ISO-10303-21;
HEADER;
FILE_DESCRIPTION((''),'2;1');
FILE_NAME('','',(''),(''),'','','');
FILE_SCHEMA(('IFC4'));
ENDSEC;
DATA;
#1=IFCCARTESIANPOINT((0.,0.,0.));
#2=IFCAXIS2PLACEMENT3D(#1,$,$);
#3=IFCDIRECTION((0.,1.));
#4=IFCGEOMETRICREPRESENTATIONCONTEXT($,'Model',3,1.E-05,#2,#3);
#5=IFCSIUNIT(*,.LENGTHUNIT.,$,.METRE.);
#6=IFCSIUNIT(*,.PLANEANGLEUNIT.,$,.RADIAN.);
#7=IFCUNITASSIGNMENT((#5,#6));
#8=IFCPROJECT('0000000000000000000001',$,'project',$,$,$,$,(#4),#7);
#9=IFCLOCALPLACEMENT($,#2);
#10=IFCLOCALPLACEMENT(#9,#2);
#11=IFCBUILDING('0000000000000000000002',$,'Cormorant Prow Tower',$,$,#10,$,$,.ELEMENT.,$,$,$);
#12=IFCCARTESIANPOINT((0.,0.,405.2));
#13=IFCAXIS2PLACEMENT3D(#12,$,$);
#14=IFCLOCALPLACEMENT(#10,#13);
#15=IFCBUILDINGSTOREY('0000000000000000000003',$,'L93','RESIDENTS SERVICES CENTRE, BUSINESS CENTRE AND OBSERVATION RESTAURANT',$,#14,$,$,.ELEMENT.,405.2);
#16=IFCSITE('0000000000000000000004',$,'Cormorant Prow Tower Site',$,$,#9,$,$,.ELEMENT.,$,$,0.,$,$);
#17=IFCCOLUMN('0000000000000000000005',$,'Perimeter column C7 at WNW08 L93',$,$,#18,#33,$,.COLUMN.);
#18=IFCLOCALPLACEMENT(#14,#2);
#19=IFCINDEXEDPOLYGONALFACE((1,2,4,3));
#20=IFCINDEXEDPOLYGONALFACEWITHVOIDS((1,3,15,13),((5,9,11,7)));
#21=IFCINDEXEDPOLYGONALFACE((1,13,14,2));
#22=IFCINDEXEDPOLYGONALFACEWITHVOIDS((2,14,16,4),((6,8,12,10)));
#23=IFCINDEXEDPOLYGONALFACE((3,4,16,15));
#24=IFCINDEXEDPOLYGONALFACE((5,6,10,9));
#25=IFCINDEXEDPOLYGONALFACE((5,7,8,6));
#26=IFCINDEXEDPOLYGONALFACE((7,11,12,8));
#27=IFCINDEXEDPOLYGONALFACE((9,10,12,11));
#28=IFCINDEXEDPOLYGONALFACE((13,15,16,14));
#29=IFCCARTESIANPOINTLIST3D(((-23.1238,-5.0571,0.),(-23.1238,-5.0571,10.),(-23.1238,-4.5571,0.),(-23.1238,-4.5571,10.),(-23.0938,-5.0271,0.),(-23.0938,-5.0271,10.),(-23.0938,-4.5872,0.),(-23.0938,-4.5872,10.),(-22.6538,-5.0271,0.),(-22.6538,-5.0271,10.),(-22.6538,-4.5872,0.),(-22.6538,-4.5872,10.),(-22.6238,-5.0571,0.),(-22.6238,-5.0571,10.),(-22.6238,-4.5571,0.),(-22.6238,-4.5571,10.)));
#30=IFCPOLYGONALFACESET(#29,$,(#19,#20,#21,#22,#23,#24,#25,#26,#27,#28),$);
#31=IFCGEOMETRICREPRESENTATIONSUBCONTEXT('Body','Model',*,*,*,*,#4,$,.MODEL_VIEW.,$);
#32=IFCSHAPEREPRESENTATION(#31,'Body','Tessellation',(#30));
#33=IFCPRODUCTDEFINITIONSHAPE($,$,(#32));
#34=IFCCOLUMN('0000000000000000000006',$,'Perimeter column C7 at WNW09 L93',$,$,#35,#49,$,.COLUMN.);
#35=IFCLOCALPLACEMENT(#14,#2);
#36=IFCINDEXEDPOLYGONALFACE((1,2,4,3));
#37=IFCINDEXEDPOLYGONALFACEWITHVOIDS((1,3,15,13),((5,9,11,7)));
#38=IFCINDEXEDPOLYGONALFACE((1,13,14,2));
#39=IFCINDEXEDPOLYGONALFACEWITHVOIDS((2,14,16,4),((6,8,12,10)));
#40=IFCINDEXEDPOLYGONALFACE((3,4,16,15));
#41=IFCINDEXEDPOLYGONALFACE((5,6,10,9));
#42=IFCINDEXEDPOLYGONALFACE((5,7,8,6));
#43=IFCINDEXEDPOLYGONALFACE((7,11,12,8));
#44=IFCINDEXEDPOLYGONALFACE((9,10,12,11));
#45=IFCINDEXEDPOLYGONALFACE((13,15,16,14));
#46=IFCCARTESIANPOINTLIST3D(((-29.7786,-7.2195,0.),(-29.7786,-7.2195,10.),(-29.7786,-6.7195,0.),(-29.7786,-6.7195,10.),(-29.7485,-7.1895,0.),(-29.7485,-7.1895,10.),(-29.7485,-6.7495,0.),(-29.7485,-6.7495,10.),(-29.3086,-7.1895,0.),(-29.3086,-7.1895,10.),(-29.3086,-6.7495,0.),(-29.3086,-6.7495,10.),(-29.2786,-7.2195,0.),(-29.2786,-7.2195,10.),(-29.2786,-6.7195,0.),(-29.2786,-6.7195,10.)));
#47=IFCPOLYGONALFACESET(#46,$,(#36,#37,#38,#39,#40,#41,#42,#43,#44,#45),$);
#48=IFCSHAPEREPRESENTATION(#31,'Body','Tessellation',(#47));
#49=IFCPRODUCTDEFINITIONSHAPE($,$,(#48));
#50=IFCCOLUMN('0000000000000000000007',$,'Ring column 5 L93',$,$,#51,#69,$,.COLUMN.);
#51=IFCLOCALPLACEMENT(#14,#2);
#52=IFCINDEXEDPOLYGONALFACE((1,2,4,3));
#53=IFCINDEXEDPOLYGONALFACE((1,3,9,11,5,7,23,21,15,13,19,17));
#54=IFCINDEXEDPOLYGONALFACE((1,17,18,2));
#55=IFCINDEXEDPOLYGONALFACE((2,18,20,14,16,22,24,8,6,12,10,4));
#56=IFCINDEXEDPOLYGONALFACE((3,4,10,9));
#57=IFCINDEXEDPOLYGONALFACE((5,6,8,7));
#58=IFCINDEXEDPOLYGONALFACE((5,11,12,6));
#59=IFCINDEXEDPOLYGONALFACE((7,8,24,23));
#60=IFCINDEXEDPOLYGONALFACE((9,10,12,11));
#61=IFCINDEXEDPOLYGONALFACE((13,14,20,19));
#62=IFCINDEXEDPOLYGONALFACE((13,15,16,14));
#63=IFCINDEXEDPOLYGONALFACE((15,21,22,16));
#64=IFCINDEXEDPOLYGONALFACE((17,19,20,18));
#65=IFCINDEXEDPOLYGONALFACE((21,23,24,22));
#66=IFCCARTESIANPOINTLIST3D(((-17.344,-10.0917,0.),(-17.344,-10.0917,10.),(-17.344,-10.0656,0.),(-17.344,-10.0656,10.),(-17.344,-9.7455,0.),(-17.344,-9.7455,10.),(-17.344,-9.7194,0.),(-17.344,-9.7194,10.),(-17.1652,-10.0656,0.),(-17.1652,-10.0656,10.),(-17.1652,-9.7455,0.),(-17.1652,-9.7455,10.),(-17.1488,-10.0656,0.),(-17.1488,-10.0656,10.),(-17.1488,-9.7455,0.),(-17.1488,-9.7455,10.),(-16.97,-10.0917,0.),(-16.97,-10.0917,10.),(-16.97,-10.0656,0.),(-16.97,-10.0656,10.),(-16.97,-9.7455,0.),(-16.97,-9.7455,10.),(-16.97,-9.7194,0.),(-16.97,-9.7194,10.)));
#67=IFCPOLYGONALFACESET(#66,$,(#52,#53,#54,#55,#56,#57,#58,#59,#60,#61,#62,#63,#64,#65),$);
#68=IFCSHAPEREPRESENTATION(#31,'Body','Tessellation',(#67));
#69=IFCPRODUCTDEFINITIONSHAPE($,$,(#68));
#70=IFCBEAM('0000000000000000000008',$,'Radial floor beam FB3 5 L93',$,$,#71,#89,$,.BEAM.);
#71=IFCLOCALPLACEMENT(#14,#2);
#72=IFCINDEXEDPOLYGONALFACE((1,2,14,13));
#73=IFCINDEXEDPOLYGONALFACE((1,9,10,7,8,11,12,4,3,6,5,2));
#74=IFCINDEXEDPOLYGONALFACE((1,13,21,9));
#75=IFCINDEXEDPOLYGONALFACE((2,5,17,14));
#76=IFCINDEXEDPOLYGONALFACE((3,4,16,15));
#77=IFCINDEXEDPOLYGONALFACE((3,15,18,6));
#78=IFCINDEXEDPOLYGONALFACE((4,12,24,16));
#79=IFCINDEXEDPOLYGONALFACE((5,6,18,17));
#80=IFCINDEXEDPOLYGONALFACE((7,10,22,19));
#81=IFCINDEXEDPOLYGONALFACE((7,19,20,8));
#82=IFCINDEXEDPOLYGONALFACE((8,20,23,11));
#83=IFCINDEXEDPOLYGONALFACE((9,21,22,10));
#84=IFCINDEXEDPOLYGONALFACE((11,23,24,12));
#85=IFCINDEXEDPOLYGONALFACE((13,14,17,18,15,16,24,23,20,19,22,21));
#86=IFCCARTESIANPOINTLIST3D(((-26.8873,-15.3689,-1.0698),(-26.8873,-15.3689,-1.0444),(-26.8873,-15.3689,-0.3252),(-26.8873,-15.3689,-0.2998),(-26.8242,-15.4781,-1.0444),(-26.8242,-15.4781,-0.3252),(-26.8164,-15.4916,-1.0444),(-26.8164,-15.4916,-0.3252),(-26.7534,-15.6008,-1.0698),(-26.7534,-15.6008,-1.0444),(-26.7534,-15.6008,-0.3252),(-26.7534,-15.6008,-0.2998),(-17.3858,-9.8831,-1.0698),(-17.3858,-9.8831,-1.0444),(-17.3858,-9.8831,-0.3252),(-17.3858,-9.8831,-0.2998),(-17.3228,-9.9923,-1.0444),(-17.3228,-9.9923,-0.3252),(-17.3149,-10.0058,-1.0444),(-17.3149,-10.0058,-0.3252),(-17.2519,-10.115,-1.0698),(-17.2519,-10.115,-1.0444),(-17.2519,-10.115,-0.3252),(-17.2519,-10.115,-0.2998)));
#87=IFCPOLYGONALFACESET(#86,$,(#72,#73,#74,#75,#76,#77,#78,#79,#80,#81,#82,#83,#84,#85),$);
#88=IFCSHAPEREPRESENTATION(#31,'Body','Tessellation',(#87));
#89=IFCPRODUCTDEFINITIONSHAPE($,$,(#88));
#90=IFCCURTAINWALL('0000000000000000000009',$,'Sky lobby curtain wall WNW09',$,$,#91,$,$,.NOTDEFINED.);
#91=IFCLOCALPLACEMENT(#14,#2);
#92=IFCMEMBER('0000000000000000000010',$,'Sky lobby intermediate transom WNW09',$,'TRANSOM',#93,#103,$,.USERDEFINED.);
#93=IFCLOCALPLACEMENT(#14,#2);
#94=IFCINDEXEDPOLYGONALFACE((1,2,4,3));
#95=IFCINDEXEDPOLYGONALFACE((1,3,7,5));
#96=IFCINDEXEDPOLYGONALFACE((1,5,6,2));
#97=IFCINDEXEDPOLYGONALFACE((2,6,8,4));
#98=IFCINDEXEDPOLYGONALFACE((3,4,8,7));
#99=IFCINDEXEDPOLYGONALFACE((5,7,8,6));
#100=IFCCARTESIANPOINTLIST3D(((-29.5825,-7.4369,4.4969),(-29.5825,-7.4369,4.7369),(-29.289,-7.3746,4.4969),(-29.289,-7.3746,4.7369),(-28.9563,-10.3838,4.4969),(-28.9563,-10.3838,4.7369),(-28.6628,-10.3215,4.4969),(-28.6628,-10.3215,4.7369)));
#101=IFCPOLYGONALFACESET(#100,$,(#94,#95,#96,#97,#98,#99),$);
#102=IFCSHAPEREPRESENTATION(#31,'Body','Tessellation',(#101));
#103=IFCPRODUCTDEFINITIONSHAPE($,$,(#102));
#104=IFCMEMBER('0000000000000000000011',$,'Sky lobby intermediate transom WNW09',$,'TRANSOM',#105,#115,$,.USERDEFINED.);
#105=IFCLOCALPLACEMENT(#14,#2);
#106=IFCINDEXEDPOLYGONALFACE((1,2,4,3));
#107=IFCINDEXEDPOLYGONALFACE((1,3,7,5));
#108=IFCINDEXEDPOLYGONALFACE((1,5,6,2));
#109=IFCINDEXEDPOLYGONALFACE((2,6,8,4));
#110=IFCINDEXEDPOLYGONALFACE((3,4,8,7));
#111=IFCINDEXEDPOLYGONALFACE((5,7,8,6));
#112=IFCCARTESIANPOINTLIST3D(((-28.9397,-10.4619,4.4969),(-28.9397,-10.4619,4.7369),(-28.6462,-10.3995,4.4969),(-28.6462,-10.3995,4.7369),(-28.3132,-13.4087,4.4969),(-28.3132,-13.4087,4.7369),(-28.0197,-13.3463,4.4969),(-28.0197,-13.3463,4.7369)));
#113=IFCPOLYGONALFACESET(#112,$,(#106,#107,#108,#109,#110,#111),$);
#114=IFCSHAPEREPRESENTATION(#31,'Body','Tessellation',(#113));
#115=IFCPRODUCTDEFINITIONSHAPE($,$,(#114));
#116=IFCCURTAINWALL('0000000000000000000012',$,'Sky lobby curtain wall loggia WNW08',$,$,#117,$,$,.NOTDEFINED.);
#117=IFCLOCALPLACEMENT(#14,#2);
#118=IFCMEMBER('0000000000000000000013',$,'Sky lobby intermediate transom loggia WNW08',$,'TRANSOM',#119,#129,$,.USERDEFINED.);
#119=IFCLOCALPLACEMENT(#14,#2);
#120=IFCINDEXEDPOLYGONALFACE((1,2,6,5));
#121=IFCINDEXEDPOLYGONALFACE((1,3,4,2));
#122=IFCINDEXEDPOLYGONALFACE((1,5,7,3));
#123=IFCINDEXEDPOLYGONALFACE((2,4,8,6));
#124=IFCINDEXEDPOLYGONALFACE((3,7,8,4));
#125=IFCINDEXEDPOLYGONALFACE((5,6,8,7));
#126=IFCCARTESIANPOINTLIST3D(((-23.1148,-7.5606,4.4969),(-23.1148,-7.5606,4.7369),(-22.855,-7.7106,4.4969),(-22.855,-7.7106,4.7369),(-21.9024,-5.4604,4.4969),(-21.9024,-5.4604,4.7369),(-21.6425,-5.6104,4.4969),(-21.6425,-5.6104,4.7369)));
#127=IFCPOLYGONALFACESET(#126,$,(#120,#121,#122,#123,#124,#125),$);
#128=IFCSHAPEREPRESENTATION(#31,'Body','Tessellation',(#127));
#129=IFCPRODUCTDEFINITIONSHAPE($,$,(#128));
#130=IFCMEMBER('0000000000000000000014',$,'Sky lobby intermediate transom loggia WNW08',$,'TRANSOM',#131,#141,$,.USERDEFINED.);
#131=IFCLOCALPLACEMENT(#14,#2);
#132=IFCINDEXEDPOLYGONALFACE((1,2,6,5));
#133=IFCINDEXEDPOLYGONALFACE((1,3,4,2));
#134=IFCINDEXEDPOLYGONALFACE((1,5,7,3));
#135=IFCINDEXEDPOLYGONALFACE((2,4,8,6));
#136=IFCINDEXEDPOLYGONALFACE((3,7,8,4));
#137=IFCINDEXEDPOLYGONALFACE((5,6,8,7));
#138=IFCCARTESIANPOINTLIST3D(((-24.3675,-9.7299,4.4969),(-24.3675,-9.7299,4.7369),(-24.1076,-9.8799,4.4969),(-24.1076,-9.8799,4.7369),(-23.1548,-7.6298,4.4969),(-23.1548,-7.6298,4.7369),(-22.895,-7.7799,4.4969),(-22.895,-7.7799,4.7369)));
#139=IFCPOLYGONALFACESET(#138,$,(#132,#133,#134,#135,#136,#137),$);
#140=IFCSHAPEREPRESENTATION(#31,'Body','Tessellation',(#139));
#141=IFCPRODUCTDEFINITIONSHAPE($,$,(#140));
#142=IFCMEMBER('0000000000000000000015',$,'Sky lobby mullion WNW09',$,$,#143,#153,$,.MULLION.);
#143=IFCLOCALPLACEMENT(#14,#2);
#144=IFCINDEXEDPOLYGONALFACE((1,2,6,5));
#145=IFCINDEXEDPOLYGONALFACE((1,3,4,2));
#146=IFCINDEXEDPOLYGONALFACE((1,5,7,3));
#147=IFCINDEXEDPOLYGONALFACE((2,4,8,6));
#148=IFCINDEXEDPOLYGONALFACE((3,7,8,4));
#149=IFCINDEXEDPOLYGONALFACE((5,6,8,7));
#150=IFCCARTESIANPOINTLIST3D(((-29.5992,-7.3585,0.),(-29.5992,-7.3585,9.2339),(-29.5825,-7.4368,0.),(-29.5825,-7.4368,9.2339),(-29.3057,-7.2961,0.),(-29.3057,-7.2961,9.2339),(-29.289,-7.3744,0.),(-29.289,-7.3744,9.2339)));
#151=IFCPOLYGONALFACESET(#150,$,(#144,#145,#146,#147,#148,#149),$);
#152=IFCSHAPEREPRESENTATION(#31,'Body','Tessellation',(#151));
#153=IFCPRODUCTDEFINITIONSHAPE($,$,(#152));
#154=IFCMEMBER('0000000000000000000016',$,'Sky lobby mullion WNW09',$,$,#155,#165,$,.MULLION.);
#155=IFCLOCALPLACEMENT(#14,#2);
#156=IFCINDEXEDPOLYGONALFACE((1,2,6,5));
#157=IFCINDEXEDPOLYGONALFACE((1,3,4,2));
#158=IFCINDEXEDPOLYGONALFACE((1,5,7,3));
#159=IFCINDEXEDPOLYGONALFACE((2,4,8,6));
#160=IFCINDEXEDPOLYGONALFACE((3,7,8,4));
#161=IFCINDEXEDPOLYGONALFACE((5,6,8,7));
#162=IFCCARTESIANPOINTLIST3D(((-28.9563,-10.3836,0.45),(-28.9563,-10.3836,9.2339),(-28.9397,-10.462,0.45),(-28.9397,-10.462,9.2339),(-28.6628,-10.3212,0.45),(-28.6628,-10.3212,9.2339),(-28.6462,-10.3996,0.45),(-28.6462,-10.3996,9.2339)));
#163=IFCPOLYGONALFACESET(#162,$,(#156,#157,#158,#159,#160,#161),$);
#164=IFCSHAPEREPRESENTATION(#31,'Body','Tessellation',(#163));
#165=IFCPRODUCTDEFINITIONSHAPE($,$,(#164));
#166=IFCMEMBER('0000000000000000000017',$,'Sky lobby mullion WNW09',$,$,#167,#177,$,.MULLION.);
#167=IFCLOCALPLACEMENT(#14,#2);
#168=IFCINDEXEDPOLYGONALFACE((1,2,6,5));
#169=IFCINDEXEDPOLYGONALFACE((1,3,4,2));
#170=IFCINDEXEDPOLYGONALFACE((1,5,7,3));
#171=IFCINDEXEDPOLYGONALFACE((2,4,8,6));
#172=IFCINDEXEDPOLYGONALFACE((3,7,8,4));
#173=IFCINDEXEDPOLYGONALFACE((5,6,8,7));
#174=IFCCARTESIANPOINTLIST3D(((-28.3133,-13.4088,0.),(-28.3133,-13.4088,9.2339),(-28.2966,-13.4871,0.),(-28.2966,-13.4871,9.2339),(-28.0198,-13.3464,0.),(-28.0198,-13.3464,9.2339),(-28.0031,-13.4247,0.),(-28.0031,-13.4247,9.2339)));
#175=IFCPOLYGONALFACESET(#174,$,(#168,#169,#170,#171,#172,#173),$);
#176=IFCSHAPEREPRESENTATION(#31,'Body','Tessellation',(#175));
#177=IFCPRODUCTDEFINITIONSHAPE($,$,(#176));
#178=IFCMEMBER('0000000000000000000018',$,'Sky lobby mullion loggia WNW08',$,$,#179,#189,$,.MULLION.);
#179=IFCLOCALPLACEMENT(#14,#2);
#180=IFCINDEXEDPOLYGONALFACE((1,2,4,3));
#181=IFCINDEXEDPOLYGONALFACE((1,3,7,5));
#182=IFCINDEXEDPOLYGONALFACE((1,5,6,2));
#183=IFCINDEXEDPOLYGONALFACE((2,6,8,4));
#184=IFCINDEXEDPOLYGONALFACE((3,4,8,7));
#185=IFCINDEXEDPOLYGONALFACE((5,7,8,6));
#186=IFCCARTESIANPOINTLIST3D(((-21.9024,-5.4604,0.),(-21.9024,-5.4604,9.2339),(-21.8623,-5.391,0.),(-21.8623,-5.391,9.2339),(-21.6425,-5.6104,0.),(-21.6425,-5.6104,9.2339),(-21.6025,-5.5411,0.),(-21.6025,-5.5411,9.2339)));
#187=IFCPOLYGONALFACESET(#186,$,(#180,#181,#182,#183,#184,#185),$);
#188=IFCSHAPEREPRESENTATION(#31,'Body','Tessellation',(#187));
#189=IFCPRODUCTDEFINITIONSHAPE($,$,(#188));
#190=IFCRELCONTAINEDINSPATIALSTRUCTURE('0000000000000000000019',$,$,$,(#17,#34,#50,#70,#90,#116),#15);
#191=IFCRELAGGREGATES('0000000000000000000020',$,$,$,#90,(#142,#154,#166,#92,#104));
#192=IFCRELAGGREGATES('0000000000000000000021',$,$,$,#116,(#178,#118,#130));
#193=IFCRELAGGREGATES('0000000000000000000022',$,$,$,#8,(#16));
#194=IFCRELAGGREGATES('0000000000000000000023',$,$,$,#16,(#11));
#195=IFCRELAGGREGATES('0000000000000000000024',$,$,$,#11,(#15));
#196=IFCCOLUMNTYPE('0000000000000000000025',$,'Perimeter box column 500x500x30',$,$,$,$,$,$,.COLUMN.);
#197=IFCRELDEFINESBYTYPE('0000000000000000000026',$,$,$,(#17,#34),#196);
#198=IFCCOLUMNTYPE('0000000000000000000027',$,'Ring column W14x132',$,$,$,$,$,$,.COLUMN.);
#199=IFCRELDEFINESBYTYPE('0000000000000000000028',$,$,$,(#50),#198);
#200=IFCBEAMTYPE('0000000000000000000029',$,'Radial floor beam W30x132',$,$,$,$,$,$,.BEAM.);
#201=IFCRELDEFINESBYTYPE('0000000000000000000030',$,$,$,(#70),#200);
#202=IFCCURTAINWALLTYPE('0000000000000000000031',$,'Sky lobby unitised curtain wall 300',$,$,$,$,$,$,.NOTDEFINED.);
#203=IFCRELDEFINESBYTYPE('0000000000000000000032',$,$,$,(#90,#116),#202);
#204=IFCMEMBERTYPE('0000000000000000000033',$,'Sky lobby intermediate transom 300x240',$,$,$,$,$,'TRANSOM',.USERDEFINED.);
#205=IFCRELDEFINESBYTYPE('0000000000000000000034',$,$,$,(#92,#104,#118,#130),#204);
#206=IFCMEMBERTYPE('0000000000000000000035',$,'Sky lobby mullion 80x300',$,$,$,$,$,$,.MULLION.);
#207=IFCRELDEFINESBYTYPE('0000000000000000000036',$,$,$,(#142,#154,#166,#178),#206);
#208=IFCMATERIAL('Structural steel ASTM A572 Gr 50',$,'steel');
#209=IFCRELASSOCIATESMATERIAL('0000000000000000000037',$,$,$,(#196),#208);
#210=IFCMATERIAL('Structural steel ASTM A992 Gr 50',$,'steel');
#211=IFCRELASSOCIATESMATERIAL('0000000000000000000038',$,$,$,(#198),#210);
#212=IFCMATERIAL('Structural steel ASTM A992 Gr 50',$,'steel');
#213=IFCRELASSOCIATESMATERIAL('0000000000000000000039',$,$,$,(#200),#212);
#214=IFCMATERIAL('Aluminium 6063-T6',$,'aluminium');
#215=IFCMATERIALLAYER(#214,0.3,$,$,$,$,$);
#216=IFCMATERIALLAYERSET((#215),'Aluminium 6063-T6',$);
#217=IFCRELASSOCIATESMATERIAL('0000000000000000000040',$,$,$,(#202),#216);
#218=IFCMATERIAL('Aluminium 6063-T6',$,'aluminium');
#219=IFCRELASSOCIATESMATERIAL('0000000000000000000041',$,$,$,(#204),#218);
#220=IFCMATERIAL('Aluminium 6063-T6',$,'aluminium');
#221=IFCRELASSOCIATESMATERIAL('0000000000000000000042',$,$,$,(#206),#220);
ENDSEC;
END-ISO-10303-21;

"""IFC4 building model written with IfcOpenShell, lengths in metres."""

from ifc_helpers import new_model, si_unit, direction, frame, origin, origin_2d, place, context, subcontext, project, spatial, rectangle, hollow_rectangle, i_section, extrude, material, layer, layer_set, material_profile, profile_set, type_object, element, aggregate, save


model = new_model("IFC4")

# Units and contexts
model_context = context("Model", 3, precision=1e-05, world=origin(), true_north=direction((0.0, 1.0)))
body_context = subcontext(model_context, "Body", "Model", "MODEL_VIEW")
ifc_project = project(units=[si_unit("LENGTHUNIT", "METRE"), si_unit("PLANEANGLEUNIT", "RADIAN")], contexts=[model_context])

# Site, building, storey
site_placement = place(None, origin())
site = spatial("IfcSite", under=ifc_project, at=site_placement, Name="Cormorant Prow Tower Site", CompositionType="ELEMENT", RefElevation=0.0)
building_placement = place(site_placement, origin())
building = spatial("IfcBuilding", under=site, at=building_placement, Name="Cormorant Prow Tower", CompositionType="ELEMENT")
storey_placement = place(building_placement, frame((0.0, 0.0, 405.2)))
storey = spatial("IfcBuildingStorey", under=building, at=storey_placement, Name="L93", Description="RESIDENTS SERVICES CENTRE, BUSINESS CENTRE AND OBSERVATION RESTAURANT", CompositionType="ELEMENT", Elevation=405.2)

# Columns
ifc_material_1 = material(Name="Structural steel ASTM A572 Gr 50", Category="steel")
ifc_material_profile_1 = material_profile(ifc_material_1, hollow_rectangle(XDim=0.5, YDim=0.5, WallThickness=0.03, at=origin_2d()), Name="Box 500x500x30")
ifc_profile_set_1 = profile_set([ifc_material_profile_1], Name="Structural steel ASTM A572 Gr 50")
column_type_1 = type_object("IfcColumnType", Name="Perimeter box column 500x500x30", PredefinedType="COLUMN", material=ifc_profile_set_1)
for number, where, z_axis, x_axis, name in (
    (1, (-22.8738, -4.8071, 0.0), (0.0, 0.0, 1.0), (1.0, 0.0, 0.0), "Perimeter column C7 at WNW08 L93"),
    (2, (-29.5286, -6.9695, 0.0), (0.0, 0.0, 1.0), (1.0, 0.0, 0.0), "Perimeter column C7 at WNW09 L93"),
):
    element("IfcColumn", number, at=place(storey_placement, frame(where, z_axis=z_axis, x_axis=x_axis)), inside=storey, type_object=column_type_1, Name=name, PredefinedType="COLUMN", context=body_context, shape_type="SweptSolid", body=[
        extrude(hollow_rectangle(XDim=0.5, YDim=0.5, WallThickness=0.03, at=origin_2d()), origin(), (0.0, 0.0, 1.0), 10.0),
    ])
ifc_material_2 = material(Name="Structural steel ASTM A992 Gr 50", Category="steel")
ifc_material_profile_2 = material_profile(ifc_material_2, i_section(OverallWidth=0.374, OverallDepth=0.3723, WebThickness=0.0164, FlangeThickness=0.0261, at=origin_2d()), Name="W14x132")
ifc_profile_set_2 = profile_set([ifc_material_profile_2], Name="Structural steel ASTM A992 Gr 50")
column_type_2 = type_object("IfcColumnType", Name="Ring column W14x132", PredefinedType="COLUMN", material=ifc_profile_set_2)
column_placement = place(storey_placement, frame((-17.157, -9.9055, 0.0), z_axis=(0.0, 0.0, 1.0), x_axis=(1.0, 0.0, 0.0)))
element("IfcColumn", 3, at=column_placement, inside=storey, type_object=column_type_2, Name="Ring column 5 L93", PredefinedType="COLUMN", context=body_context, shape_type="SweptSolid", body=[
    extrude(i_section(OverallWidth=0.374, OverallDepth=0.3723, WebThickness=0.0164, FlangeThickness=0.0261, at=origin_2d()), origin(), (0.0, 0.0, 1.0), 10.0),
])

# Beam
ifc_material_3 = material(Name="Structural steel ASTM A992 Gr 50", Category="steel")
ifc_material_profile_3 = material_profile(ifc_material_3, i_section(OverallWidth=0.2678, OverallDepth=0.77, WebThickness=0.0156, FlangeThickness=0.0254, at=origin_2d()), Name="W30x132")
ifc_profile_set_3 = profile_set([ifc_material_profile_3], Name="Structural steel ASTM A992 Gr 50")
beam_type_1 = type_object("IfcBeamType", Name="Radial floor beam W30x132", PredefinedType="BEAM", material=ifc_profile_set_3)
beam_1_placement = place(storey_placement, frame((-17.3188, -9.999, -0.6848), z_axis=(-0.866019, -0.500011, 0.0), x_axis=(0.500011, -0.866019, 0.0)))
element("IfcBeam", 4, at=beam_1_placement, inside=storey, type_object=beam_type_1, Name="Radial floor beam FB3 5 L93", PredefinedType="BEAM", context=body_context, shape_type="SweptSolid", body=[
    extrude(i_section(OverallWidth=0.2678, OverallDepth=0.77, WebThickness=0.0156, FlangeThickness=0.0254, at=origin_2d()), origin(), (0.0, 0.0, 1.0), 10.9714),
])

# Curtain walls, members
ifc_material_4 = material(Name="Aluminium 6063-T6", Category="aluminium")
ifc_layer_1 = layer(ifc_material_4, 0.3)
ifc_layer_set_1 = layer_set([ifc_layer_1], Name="Aluminium 6063-T6")
curtain_wall_type = type_object("IfcCurtainWallType", Name="Sky lobby unitised curtain wall 300", PredefinedType="NOTDEFINED", material=ifc_layer_set_1)
curtain_wall_1_placement = place(storey_placement, origin())
curtain_wall_1 = element("IfcCurtainWall", 5, at=curtain_wall_1_placement, inside=storey, type_object=curtain_wall_type, Name="Sky lobby curtain wall WNW09", PredefinedType="NOTDEFINED")
ifc_material_5 = material(Name="Aluminium 6063-T6", Category="aluminium")
ifc_material_profile_4 = material_profile(ifc_material_5, rectangle(XDim=0.3, YDim=0.24, at=origin_2d()), Name="Sky lobby intermediate transom 300x240")
ifc_profile_set_4 = profile_set([ifc_material_profile_4], Name="Aluminium 6063-T6")
member_type_1 = type_object("IfcMemberType", Name="Sky lobby intermediate transom 300x240", ElementType="TRANSOM", PredefinedType="USERDEFINED", material=ifc_profile_set_4)
member_1_placement = place(storey_placement, frame((-29.4358, -7.4058, 4.6169), z_axis=(0.207868, -0.978157, 0.0), x_axis=(0.978157, 0.207868, 0.0)))
member_1 = element("IfcMember", 6, at=member_1_placement, type_object=member_type_1, Name="Sky lobby intermediate transom WNW09", ObjectType="TRANSOM", PredefinedType="USERDEFINED", context=body_context, shape_type="SweptSolid", body=[
    extrude(rectangle(XDim=0.3, YDim=0.24, at=origin_2d()), origin(), (0.0, 0.0, 1.0), 3.0127),
])
member_2_placement = place(storey_placement, frame((-28.793, -10.4307, 4.6169), z_axis=(0.207946, -0.97814, 0.0), x_axis=(0.97814, 0.207946, 0.0)))
member_2 = element("IfcMember", 7, at=member_2_placement, type_object=member_type_1, Name="Sky lobby intermediate transom WNW09", ObjectType="TRANSOM", PredefinedType="USERDEFINED", context=body_context, shape_type="SweptSolid", body=[
    extrude(rectangle(XDim=0.3, YDim=0.24, at=origin_2d()), origin(), (0.0, 0.0, 1.0), 3.0127),
])
curtain_wall_2_placement = place(storey_placement, origin())
curtain_wall_2 = element("IfcCurtainWall", 8, at=curtain_wall_2_placement, inside=storey, type_object=curtain_wall_type, Name="Sky lobby curtain wall loggia WNW08", PredefinedType="NOTDEFINED")
member_3_placement = place(storey_placement, frame((-21.7725, -5.5354, 4.6169), z_axis=(-0.499972, -0.866041, 0.0), x_axis=(0.866041, -0.499972, 0.0)))
member_3 = element("IfcMember", 9, at=member_3_placement, type_object=member_type_1, Name="Sky lobby intermediate transom loggia WNW08", ObjectType="TRANSOM", PredefinedType="USERDEFINED", context=body_context, shape_type="SweptSolid", body=[
    extrude(rectangle(XDim=0.3, YDim=0.24, at=origin_2d()), origin(), (0.0, 0.0, 1.0), 2.425),
])
member_4_placement = place(storey_placement, frame((-23.0249, -7.7048, 4.6169), z_axis=(-0.500048, -0.865998, 0.0), x_axis=(0.865998, -0.500048, 0.0)))
member_4 = element("IfcMember", 10, at=member_4_placement, type_object=member_type_1, Name="Sky lobby intermediate transom loggia WNW08", ObjectType="TRANSOM", PredefinedType="USERDEFINED", context=body_context, shape_type="SweptSolid", body=[
    extrude(rectangle(XDim=0.3, YDim=0.24, at=origin_2d()), origin(), (0.0, 0.0, 1.0), 2.425),
])

# Members
ifc_material_6 = material(Name="Aluminium 6063-T6", Category="aluminium")
ifc_material_profile_5 = material_profile(ifc_material_6, rectangle(XDim=0.3, YDim=0.0801, at=origin_2d()), Name="Sky lobby mullion 80x300")
ifc_profile_set_5 = profile_set([ifc_material_profile_5], Name="Aluminium 6063-T6")
member_type_2 = type_object("IfcMemberType", Name="Sky lobby mullion 80x300", PredefinedType="MULLION", material=ifc_profile_set_5)
member_5_placement = place(storey_placement, frame((-29.4441, -7.3665, 0.0), z_axis=(0.0, 0.0, 1.0), x_axis=(0.978148, 0.207912, 0.0)))
member_5 = element("IfcMember", 11, at=member_5_placement, type_object=member_type_2, Name="Sky lobby mullion WNW09", PredefinedType="MULLION", context=body_context, shape_type="SweptSolid", body=[
    extrude(rectangle(XDim=0.3, YDim=0.0801, at=origin_2d()), origin(), (0.0, 0.0, 1.0), 9.2339),
])
member_6_placement = place(storey_placement, frame((-28.8013, -10.3916, 0.45), z_axis=(0.0, 0.0, 1.0), x_axis=(0.978148, 0.207912, 0.0)))
member_6 = element("IfcMember", 12, at=member_6_placement, type_object=member_type_2, Name="Sky lobby mullion WNW09", PredefinedType="MULLION", context=body_context, shape_type="SweptSolid", body=[
    extrude(rectangle(XDim=0.3, YDim=0.0801, at=origin_2d()), origin(), (0.0, 0.0, 1.0), 8.7839),
])
member_7_placement = place(storey_placement, frame((-28.1582, -13.4167, 0.0), z_axis=(0.0, 0.0, 1.0), x_axis=(0.978148, 0.207912, 0.0)))
member_7 = element("IfcMember", 13, at=member_7_placement, type_object=member_type_2, Name="Sky lobby mullion WNW09", PredefinedType="MULLION", context=body_context, shape_type="SweptSolid", body=[
    extrude(rectangle(XDim=0.3, YDim=0.0801, at=origin_2d()), origin(), (0.0, 0.0, 1.0), 9.2339),
])
member_8_placement = place(storey_placement, frame((-21.7524, -5.5007, 0.0), z_axis=(0.0, 0.0, 1.0), x_axis=(0.866025, -0.5, 0.0)))
member_8 = element("IfcMember", 14, at=member_8_placement, type_object=member_type_2, Name="Sky lobby mullion loggia WNW08", PredefinedType="MULLION", context=body_context, shape_type="SweptSolid", body=[
    extrude(rectangle(XDim=0.3, YDim=0.0801, at=origin_2d()), origin(), (0.0, 0.0, 1.0), 9.2339),
])

aggregate(curtain_wall_1, [member_5, member_6, member_7, member_1, member_2])
aggregate(curtain_wall_2, [member_8, member_3, member_4])

save(model, "model.ifc")
